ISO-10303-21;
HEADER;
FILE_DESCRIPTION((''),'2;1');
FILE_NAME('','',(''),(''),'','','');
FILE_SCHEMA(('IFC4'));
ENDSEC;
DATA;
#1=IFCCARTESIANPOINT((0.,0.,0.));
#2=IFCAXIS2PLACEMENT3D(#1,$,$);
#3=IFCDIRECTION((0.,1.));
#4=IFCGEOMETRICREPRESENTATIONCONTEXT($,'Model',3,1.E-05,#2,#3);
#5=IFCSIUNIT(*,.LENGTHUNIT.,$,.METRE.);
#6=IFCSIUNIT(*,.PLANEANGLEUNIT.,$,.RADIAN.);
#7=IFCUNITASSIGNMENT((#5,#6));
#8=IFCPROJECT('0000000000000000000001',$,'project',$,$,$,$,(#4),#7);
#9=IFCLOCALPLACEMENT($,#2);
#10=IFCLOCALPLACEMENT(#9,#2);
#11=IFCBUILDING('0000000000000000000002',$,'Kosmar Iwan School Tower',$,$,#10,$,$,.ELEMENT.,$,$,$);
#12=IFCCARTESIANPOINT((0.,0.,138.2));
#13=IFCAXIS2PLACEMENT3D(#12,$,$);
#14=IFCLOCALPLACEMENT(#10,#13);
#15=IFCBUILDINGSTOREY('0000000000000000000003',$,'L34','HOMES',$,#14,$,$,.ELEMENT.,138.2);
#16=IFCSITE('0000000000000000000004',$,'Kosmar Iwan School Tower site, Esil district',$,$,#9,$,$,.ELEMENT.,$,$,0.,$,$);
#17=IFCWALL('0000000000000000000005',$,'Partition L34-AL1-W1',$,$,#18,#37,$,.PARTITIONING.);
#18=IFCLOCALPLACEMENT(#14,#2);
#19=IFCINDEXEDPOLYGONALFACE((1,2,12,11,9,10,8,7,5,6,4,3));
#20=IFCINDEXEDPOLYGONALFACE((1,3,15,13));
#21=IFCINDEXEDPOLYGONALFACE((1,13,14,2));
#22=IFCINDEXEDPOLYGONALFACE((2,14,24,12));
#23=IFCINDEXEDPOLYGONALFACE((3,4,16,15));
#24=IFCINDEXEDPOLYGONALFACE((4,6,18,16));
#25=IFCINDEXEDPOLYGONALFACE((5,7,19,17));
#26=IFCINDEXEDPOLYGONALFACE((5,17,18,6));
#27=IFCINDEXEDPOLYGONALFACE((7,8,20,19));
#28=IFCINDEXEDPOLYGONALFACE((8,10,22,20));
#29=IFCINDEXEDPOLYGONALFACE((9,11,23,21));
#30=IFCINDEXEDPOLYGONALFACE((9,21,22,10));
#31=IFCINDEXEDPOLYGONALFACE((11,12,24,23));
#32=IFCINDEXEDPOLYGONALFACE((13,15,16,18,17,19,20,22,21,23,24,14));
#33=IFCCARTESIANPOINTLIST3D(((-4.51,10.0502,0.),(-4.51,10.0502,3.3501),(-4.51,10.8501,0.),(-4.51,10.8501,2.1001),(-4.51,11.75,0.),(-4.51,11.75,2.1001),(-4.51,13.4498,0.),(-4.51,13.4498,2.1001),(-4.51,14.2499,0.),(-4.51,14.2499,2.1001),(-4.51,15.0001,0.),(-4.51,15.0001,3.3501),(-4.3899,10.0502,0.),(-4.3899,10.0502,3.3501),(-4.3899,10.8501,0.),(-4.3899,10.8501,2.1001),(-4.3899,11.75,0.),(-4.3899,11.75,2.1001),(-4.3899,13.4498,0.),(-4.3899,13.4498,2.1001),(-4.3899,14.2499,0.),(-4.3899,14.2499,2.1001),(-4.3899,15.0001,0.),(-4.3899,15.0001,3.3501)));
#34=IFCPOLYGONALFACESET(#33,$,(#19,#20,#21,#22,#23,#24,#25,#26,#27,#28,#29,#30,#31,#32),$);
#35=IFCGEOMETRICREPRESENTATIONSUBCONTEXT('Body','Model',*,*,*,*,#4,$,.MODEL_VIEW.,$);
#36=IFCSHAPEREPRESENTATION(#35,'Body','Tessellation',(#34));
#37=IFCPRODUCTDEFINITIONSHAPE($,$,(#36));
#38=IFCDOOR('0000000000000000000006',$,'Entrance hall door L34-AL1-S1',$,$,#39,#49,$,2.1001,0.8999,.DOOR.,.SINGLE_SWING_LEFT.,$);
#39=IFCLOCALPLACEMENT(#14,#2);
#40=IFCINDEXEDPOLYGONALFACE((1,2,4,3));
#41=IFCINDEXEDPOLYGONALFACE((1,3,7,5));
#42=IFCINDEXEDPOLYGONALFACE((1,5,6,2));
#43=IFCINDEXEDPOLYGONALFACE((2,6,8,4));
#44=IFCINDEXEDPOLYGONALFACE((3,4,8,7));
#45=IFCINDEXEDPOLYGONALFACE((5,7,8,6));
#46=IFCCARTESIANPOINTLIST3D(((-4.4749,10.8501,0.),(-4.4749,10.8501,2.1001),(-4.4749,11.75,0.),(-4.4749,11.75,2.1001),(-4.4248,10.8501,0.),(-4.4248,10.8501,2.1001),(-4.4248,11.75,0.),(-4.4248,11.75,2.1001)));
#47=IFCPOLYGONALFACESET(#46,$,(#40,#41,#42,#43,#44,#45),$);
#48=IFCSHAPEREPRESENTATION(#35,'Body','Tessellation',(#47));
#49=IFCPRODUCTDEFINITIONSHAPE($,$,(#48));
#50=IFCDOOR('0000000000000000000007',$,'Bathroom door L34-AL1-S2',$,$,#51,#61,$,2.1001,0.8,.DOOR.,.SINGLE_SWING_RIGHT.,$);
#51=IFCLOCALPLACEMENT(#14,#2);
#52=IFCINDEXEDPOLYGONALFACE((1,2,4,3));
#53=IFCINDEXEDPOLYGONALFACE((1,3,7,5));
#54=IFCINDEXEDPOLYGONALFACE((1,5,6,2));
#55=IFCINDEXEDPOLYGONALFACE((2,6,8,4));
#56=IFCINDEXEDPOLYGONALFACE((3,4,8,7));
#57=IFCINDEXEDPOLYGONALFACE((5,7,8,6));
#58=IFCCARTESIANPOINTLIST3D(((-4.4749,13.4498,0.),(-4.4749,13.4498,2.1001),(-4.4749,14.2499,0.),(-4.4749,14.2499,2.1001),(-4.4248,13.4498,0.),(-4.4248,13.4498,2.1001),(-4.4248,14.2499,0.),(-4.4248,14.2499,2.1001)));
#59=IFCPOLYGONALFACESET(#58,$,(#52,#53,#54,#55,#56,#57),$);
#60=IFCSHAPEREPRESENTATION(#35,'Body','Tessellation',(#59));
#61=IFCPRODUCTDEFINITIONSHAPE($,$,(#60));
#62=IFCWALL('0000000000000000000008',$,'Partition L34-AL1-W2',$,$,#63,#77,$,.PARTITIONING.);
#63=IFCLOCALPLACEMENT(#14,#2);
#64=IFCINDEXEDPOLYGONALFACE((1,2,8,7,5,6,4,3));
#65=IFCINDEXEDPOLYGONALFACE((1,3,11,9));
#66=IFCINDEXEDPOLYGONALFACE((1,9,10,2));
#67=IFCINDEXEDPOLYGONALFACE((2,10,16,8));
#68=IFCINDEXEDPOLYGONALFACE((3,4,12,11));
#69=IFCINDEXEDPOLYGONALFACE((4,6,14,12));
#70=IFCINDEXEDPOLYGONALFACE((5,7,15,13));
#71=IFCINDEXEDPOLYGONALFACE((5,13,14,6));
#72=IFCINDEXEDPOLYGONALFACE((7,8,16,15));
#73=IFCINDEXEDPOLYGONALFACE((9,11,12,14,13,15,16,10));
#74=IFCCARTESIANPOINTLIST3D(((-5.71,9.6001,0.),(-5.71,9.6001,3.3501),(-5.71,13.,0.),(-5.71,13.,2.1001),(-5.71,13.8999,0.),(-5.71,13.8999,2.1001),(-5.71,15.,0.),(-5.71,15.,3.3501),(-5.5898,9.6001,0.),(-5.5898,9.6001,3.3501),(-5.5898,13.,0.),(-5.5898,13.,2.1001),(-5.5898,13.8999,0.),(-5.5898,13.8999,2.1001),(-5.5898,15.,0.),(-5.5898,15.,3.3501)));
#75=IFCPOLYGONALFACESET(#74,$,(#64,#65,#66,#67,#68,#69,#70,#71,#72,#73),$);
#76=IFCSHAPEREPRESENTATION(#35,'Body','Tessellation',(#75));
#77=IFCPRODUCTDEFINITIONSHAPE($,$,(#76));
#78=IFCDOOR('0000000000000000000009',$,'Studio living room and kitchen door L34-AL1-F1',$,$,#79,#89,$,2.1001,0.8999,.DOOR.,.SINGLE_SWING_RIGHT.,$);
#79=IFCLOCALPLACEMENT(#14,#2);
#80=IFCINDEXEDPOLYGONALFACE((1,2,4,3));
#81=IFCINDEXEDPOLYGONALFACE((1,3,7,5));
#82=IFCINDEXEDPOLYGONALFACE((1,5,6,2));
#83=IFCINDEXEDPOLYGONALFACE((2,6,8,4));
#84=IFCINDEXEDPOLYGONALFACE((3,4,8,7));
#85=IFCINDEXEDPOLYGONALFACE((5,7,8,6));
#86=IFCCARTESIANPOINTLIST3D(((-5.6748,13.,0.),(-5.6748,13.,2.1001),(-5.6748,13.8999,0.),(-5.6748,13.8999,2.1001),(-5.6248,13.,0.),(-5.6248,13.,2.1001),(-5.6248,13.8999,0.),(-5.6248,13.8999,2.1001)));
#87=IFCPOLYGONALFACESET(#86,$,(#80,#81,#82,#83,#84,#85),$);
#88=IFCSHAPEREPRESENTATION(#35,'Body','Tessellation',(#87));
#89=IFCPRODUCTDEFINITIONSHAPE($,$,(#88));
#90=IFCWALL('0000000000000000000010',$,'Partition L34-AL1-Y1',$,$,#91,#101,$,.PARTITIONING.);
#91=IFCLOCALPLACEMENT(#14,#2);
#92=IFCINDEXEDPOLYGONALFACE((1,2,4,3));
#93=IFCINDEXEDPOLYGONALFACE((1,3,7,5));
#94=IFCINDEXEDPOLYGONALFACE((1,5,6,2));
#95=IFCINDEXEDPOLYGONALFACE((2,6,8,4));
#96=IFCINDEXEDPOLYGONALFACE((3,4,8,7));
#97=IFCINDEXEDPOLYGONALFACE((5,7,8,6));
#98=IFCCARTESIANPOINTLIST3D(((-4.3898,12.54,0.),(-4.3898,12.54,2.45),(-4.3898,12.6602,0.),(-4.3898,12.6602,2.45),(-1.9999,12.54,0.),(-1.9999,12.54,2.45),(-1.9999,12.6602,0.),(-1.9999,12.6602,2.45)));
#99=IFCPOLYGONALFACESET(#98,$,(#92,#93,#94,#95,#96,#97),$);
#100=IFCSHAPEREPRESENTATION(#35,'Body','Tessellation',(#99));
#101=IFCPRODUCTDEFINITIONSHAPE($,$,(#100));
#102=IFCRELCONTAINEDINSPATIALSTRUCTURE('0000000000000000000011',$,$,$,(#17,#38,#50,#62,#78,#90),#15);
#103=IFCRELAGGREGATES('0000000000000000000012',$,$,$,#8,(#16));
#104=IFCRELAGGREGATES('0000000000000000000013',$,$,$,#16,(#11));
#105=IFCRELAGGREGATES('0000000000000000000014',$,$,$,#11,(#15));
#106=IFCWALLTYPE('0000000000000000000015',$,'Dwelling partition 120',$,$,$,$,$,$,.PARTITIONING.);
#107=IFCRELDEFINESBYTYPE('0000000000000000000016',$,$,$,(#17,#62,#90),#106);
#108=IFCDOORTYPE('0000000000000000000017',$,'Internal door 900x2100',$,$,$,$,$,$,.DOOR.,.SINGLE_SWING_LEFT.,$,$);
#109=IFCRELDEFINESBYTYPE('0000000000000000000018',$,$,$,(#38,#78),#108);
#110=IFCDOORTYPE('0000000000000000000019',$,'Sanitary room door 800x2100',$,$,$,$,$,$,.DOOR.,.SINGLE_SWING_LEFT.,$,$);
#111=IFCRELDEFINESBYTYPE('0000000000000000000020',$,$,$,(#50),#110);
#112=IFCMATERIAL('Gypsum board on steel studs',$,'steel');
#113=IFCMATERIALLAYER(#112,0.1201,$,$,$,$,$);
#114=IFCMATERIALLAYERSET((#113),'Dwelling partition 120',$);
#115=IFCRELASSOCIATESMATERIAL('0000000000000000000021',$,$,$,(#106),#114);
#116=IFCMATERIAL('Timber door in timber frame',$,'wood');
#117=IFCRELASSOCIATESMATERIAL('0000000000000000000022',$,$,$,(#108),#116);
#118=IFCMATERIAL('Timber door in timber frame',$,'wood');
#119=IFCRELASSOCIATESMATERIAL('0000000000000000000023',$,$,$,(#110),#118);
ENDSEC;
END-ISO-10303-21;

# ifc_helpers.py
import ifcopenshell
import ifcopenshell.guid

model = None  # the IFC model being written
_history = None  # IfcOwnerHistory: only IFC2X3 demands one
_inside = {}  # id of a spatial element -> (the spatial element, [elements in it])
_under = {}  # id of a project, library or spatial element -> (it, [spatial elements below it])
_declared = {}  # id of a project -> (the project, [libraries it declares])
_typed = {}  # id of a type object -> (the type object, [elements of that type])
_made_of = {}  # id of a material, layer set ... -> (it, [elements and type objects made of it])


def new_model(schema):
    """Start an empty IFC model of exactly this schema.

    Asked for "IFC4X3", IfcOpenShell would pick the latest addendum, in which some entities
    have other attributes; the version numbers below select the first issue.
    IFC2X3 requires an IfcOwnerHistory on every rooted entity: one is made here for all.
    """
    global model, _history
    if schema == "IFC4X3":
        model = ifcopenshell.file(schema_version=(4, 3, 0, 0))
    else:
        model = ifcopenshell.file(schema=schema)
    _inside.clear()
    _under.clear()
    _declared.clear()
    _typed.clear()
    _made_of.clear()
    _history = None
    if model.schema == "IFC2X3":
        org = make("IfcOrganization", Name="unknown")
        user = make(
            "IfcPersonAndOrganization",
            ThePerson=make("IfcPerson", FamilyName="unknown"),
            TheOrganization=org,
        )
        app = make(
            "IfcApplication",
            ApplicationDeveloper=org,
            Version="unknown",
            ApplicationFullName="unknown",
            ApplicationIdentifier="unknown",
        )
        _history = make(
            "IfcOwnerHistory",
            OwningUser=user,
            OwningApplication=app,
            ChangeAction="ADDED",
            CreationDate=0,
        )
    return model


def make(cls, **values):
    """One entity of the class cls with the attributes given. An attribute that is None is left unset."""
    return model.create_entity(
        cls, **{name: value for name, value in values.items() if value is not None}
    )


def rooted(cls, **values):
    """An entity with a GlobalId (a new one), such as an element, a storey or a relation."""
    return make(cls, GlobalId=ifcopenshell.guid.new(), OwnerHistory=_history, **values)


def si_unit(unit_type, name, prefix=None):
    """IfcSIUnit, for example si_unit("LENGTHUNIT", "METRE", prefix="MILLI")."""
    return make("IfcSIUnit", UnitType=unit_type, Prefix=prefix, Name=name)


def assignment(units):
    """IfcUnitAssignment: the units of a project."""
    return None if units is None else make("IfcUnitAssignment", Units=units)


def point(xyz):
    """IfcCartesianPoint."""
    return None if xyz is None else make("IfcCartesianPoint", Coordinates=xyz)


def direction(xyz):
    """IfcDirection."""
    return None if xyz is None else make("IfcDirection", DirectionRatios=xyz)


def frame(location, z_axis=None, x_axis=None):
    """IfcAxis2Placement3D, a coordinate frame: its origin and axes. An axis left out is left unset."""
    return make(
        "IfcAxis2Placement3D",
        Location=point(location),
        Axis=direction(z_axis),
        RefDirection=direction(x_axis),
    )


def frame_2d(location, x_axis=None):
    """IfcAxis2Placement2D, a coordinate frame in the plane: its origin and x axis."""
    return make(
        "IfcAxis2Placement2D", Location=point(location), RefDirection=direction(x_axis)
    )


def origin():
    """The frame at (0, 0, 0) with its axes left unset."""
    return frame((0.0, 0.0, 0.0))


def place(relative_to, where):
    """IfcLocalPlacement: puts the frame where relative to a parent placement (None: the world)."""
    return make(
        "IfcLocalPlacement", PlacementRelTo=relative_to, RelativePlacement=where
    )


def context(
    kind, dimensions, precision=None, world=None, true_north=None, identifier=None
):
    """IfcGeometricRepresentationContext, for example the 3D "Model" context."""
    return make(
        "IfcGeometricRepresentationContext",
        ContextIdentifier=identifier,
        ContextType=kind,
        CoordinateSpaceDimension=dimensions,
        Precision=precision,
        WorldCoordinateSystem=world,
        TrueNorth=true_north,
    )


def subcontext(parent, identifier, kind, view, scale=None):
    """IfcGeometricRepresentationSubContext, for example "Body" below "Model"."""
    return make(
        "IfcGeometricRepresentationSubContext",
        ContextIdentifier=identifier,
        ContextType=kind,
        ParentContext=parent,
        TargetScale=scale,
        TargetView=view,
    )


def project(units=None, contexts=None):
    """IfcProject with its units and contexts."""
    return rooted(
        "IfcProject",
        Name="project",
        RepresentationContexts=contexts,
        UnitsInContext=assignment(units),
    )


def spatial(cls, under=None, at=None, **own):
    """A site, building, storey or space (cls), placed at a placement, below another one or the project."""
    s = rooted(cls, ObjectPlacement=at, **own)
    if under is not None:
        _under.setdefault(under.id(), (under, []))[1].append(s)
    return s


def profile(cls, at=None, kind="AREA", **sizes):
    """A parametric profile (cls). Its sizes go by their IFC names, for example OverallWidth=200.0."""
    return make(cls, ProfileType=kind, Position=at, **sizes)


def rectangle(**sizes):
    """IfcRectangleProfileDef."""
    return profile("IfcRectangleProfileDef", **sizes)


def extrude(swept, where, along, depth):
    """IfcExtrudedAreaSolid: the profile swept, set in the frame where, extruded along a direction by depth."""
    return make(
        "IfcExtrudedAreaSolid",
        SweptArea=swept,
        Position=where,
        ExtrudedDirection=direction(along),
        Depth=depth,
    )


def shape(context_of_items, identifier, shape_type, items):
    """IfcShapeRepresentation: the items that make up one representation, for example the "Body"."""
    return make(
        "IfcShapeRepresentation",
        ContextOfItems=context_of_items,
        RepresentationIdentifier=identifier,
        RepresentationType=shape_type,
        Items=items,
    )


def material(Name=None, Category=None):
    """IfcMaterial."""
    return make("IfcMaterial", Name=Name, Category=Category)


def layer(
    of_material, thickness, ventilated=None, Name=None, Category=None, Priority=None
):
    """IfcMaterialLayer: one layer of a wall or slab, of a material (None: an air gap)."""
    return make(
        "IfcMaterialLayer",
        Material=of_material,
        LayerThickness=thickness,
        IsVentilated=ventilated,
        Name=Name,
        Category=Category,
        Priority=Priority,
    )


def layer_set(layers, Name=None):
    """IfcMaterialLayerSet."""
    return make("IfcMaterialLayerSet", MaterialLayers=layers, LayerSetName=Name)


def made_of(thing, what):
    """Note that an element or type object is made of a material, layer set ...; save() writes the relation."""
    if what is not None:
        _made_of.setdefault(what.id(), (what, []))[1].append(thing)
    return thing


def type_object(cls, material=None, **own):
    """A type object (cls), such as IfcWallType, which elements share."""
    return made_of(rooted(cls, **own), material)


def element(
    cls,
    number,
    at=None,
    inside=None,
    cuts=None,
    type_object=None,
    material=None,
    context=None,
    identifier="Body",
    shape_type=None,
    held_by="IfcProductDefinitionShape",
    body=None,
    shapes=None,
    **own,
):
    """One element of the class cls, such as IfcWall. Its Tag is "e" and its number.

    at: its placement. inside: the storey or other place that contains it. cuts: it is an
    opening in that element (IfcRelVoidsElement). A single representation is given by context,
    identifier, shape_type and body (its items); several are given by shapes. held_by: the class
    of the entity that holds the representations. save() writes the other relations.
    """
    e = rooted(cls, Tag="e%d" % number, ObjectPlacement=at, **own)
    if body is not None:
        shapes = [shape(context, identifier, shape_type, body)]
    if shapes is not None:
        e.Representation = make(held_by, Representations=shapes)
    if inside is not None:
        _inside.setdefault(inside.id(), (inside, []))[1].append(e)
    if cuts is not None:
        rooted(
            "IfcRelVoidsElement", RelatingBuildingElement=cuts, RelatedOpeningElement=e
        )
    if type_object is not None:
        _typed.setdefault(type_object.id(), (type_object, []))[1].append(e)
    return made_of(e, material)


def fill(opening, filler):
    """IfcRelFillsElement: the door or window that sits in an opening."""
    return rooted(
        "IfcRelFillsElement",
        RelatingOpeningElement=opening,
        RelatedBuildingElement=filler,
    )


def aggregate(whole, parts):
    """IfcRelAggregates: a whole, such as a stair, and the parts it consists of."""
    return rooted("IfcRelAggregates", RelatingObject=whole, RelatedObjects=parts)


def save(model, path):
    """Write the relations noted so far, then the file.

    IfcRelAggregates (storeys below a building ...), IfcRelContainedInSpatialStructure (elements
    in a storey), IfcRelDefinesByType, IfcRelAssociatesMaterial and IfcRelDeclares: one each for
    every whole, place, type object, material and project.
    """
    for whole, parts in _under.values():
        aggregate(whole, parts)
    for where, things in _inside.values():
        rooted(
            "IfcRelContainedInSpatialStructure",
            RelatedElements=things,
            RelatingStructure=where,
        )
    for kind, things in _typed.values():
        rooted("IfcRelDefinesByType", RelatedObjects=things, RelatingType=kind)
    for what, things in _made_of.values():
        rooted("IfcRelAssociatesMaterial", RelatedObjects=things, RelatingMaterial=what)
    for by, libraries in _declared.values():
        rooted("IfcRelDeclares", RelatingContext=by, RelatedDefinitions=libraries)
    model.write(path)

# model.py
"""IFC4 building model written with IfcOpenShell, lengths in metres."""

from ifc_helpers import new_model, si_unit, direction, frame, frame_2d, origin, place, context, subcontext, project, spatial, rectangle, extrude, material, layer, layer_set, type_object, element, fill, save


model = new_model("IFC4")

# Units and contexts
model_context = context("Model", 3, precision=1e-05, world=origin(), true_north=direction((0.0, 1.0)))
body_context = subcontext(model_context, "Body", "Model", "MODEL_VIEW")
ifc_project = project(units=[si_unit("LENGTHUNIT", "METRE"), si_unit("PLANEANGLEUNIT", "RADIAN")], contexts=[model_context])

# Site, building, storey
site_placement = place(None, origin())
site = spatial("IfcSite", under=ifc_project, at=site_placement, Name="Kosmar Iwan School Tower site, Esil district", CompositionType="ELEMENT", RefElevation=0.0)
building_placement = place(site_placement, origin())
building = spatial("IfcBuilding", under=site, at=building_placement, Name="Kosmar Iwan School Tower", CompositionType="ELEMENT")
storey_placement = place(building_placement, frame((0.0, 0.0, 138.2)))
storey = spatial("IfcBuildingStorey", under=building, at=storey_placement, Name="L34", Description="HOMES", CompositionType="ELEMENT", Elevation=138.2)

# Wall, openings, doors
ifc_material_1 = material(Name="Gypsum board on steel studs", Category="steel")
ifc_layer_1 = layer(ifc_material_1, 0.1201)
ifc_layer_set_1 = layer_set([ifc_layer_1], Name="Dwelling partition 120")
wall_type_1 = type_object("IfcWallType", Name="Dwelling partition 120", PredefinedType="PARTITIONING", material=ifc_layer_set_1)
wall_1_placement = place(storey_placement, frame((-4.45, 10.05, 0.0), z_axis=(0.0, 0.0, 1.0), x_axis=(0.0, 1.0, 0.0)))
wall_1 = element("IfcWall", 1, at=wall_1_placement, inside=storey, type_object=wall_type_1, Name="Partition L34-AL1-W1", PredefinedType="PARTITIONING", context=body_context, shape_type="SweptSolid", body=[
    extrude(rectangle(XDim=4.95, YDim=0.1201, at=frame_2d((2.4751, 0.0))), origin(), (0.0, 0.0, 1.0), 3.3501),
])
opening_1_placement = place(wall_1_placement, frame((0.8, 0.0, 0.0)))
opening_1 = element("IfcOpeningElement", 2, at=opening_1_placement, cuts=wall_1, PredefinedType="OPENING", context=body_context, shape_type="SweptSolid", body=[
    extrude(rectangle(XDim=0.8999, YDim=2.1001, at=frame_2d((0.45, 1.05))), frame((0.0, 0.072, 0.0), z_axis=(0.0, -1.0, 0.0), x_axis=(1.0, 0.0, 0.0)), (0.0, 0.0, 1.0), 0.144),
])
opening_2_placement = place(wall_1_placement, frame((3.3999, 0.0, 0.0)))
opening_2 = element("IfcOpeningElement", 3, at=opening_2_placement, cuts=wall_1, PredefinedType="OPENING", context=body_context, shape_type="SweptSolid", body=[
    extrude(rectangle(XDim=0.8, YDim=2.1001, at=frame_2d((0.3999, 1.05))), frame((0.0, 0.072, 0.0), z_axis=(0.0, -1.0, 0.0), x_axis=(1.0, 0.0, 0.0)), (0.0, 0.0, 1.0), 0.144),
])
ifc_material_2 = material(Name="Timber door in timber frame", Category="wood")
door_type_1 = type_object("IfcDoorType", Name="Internal door 900x2100", OperationType="SINGLE_SWING_LEFT", PredefinedType="DOOR", material=ifc_material_2)
door_1_placement = place(opening_1_placement, origin())
door_1 = element("IfcDoor", 4, at=door_1_placement, inside=storey, type_object=door_type_1, Name="Entrance hall door L34-AL1-S1", OperationType="SINGLE_SWING_LEFT", OverallHeight=2.1001, OverallWidth=0.8999, PredefinedType="DOOR", context=body_context, shape_type="SweptSolid", body=[
    extrude(rectangle(XDim=0.8999, YDim=2.1001, at=frame_2d((0.45, 1.05))), frame((0.0, 0.0249, 0.0), z_axis=(0.0, -1.0, 0.0), x_axis=(1.0, 0.0, 0.0)), (0.0, 0.0, 1.0), 0.05),
])
fill(opening_1, door_1)
ifc_material_3 = material(Name="Timber door in timber frame", Category="wood")
door_type_2 = type_object("IfcDoorType", Name="Sanitary room door 800x2100", OperationType="SINGLE_SWING_LEFT", PredefinedType="DOOR", material=ifc_material_3)
door_2_placement = place(opening_2_placement, origin())
door_2 = element("IfcDoor", 5, at=door_2_placement, inside=storey, type_object=door_type_2, Name="Bathroom door L34-AL1-S2", OperationType="SINGLE_SWING_RIGHT", OverallHeight=2.1001, OverallWidth=0.8, PredefinedType="DOOR", context=body_context, shape_type="SweptSolid", body=[
    extrude(rectangle(XDim=0.8, YDim=2.1001, at=frame_2d((0.3999, 1.05))), frame((0.0, 0.0249, 0.0), z_axis=(0.0, -1.0, 0.0), x_axis=(1.0, 0.0, 0.0)), (0.0, 0.0, 1.0), 0.05),
])
fill(opening_2, door_2)

# Wall, opening, door
wall_2_placement = place(storey_placement, frame((-5.6499, 9.6001, 0.0), z_axis=(0.0, 0.0, 1.0), x_axis=(0.0, 1.0, 0.0)))
wall_2 = element("IfcWall", 6, at=wall_2_placement, inside=storey, type_object=wall_type_1, Name="Partition L34-AL1-W2", PredefinedType="PARTITIONING", context=body_context, shape_type="SweptSolid", body=[
    extrude(rectangle(XDim=5.3999, YDim=0.1201, at=frame_2d((2.7, 0.0))), origin(), (0.0, 0.0, 1.0), 3.3501),
])
opening_3_placement = place(wall_2_placement, frame((3.3999, 0.0, 0.0)))
opening_3 = element("IfcOpeningElement", 7, at=opening_3_placement, cuts=wall_2, PredefinedType="OPENING", context=body_context, shape_type="SweptSolid", body=[
    extrude(rectangle(XDim=0.8999, YDim=2.1001, at=frame_2d((0.45, 1.05))), frame((0.0, 0.072, 0.0), z_axis=(0.0, -1.0, 0.0), x_axis=(1.0, 0.0, 0.0)), (0.0, 0.0, 1.0), 0.144),
])
door_3_placement = place(opening_3_placement, origin())
door_3 = element("IfcDoor", 8, at=door_3_placement, inside=storey, type_object=door_type_1, Name="Studio living room and kitchen door L34-AL1-F1", OperationType="SINGLE_SWING_RIGHT", OverallHeight=2.1001, OverallWidth=0.8999, PredefinedType="DOOR", context=body_context, shape_type="SweptSolid", body=[
    extrude(rectangle(XDim=0.8999, YDim=2.1001, at=frame_2d((0.45, 1.05))), frame((0.0, 0.0249, 0.0), z_axis=(0.0, -1.0, 0.0), x_axis=(1.0, 0.0, 0.0)), (0.0, 0.0, 1.0), 0.05),
])
fill(opening_3, door_3)

# Wall
wall_3_placement = place(storey_placement, frame((-2.0, 12.6001, 0.0), z_axis=(0.0, 0.0, 1.0), x_axis=(-1.0, 0.0, 0.0)))
element("IfcWall", 9, at=wall_3_placement, inside=storey, type_object=wall_type_1, Name="Partition L34-AL1-Y1", PredefinedType="PARTITIONING", context=body_context, shape_type="SweptSolid", body=[
    extrude(rectangle(XDim=2.3899, YDim=0.1201, at=frame_2d((1.1948, 0.0))), origin(), (0.0, 0.0, 1.0), 2.45),
])

save(model, "model.ifc")
